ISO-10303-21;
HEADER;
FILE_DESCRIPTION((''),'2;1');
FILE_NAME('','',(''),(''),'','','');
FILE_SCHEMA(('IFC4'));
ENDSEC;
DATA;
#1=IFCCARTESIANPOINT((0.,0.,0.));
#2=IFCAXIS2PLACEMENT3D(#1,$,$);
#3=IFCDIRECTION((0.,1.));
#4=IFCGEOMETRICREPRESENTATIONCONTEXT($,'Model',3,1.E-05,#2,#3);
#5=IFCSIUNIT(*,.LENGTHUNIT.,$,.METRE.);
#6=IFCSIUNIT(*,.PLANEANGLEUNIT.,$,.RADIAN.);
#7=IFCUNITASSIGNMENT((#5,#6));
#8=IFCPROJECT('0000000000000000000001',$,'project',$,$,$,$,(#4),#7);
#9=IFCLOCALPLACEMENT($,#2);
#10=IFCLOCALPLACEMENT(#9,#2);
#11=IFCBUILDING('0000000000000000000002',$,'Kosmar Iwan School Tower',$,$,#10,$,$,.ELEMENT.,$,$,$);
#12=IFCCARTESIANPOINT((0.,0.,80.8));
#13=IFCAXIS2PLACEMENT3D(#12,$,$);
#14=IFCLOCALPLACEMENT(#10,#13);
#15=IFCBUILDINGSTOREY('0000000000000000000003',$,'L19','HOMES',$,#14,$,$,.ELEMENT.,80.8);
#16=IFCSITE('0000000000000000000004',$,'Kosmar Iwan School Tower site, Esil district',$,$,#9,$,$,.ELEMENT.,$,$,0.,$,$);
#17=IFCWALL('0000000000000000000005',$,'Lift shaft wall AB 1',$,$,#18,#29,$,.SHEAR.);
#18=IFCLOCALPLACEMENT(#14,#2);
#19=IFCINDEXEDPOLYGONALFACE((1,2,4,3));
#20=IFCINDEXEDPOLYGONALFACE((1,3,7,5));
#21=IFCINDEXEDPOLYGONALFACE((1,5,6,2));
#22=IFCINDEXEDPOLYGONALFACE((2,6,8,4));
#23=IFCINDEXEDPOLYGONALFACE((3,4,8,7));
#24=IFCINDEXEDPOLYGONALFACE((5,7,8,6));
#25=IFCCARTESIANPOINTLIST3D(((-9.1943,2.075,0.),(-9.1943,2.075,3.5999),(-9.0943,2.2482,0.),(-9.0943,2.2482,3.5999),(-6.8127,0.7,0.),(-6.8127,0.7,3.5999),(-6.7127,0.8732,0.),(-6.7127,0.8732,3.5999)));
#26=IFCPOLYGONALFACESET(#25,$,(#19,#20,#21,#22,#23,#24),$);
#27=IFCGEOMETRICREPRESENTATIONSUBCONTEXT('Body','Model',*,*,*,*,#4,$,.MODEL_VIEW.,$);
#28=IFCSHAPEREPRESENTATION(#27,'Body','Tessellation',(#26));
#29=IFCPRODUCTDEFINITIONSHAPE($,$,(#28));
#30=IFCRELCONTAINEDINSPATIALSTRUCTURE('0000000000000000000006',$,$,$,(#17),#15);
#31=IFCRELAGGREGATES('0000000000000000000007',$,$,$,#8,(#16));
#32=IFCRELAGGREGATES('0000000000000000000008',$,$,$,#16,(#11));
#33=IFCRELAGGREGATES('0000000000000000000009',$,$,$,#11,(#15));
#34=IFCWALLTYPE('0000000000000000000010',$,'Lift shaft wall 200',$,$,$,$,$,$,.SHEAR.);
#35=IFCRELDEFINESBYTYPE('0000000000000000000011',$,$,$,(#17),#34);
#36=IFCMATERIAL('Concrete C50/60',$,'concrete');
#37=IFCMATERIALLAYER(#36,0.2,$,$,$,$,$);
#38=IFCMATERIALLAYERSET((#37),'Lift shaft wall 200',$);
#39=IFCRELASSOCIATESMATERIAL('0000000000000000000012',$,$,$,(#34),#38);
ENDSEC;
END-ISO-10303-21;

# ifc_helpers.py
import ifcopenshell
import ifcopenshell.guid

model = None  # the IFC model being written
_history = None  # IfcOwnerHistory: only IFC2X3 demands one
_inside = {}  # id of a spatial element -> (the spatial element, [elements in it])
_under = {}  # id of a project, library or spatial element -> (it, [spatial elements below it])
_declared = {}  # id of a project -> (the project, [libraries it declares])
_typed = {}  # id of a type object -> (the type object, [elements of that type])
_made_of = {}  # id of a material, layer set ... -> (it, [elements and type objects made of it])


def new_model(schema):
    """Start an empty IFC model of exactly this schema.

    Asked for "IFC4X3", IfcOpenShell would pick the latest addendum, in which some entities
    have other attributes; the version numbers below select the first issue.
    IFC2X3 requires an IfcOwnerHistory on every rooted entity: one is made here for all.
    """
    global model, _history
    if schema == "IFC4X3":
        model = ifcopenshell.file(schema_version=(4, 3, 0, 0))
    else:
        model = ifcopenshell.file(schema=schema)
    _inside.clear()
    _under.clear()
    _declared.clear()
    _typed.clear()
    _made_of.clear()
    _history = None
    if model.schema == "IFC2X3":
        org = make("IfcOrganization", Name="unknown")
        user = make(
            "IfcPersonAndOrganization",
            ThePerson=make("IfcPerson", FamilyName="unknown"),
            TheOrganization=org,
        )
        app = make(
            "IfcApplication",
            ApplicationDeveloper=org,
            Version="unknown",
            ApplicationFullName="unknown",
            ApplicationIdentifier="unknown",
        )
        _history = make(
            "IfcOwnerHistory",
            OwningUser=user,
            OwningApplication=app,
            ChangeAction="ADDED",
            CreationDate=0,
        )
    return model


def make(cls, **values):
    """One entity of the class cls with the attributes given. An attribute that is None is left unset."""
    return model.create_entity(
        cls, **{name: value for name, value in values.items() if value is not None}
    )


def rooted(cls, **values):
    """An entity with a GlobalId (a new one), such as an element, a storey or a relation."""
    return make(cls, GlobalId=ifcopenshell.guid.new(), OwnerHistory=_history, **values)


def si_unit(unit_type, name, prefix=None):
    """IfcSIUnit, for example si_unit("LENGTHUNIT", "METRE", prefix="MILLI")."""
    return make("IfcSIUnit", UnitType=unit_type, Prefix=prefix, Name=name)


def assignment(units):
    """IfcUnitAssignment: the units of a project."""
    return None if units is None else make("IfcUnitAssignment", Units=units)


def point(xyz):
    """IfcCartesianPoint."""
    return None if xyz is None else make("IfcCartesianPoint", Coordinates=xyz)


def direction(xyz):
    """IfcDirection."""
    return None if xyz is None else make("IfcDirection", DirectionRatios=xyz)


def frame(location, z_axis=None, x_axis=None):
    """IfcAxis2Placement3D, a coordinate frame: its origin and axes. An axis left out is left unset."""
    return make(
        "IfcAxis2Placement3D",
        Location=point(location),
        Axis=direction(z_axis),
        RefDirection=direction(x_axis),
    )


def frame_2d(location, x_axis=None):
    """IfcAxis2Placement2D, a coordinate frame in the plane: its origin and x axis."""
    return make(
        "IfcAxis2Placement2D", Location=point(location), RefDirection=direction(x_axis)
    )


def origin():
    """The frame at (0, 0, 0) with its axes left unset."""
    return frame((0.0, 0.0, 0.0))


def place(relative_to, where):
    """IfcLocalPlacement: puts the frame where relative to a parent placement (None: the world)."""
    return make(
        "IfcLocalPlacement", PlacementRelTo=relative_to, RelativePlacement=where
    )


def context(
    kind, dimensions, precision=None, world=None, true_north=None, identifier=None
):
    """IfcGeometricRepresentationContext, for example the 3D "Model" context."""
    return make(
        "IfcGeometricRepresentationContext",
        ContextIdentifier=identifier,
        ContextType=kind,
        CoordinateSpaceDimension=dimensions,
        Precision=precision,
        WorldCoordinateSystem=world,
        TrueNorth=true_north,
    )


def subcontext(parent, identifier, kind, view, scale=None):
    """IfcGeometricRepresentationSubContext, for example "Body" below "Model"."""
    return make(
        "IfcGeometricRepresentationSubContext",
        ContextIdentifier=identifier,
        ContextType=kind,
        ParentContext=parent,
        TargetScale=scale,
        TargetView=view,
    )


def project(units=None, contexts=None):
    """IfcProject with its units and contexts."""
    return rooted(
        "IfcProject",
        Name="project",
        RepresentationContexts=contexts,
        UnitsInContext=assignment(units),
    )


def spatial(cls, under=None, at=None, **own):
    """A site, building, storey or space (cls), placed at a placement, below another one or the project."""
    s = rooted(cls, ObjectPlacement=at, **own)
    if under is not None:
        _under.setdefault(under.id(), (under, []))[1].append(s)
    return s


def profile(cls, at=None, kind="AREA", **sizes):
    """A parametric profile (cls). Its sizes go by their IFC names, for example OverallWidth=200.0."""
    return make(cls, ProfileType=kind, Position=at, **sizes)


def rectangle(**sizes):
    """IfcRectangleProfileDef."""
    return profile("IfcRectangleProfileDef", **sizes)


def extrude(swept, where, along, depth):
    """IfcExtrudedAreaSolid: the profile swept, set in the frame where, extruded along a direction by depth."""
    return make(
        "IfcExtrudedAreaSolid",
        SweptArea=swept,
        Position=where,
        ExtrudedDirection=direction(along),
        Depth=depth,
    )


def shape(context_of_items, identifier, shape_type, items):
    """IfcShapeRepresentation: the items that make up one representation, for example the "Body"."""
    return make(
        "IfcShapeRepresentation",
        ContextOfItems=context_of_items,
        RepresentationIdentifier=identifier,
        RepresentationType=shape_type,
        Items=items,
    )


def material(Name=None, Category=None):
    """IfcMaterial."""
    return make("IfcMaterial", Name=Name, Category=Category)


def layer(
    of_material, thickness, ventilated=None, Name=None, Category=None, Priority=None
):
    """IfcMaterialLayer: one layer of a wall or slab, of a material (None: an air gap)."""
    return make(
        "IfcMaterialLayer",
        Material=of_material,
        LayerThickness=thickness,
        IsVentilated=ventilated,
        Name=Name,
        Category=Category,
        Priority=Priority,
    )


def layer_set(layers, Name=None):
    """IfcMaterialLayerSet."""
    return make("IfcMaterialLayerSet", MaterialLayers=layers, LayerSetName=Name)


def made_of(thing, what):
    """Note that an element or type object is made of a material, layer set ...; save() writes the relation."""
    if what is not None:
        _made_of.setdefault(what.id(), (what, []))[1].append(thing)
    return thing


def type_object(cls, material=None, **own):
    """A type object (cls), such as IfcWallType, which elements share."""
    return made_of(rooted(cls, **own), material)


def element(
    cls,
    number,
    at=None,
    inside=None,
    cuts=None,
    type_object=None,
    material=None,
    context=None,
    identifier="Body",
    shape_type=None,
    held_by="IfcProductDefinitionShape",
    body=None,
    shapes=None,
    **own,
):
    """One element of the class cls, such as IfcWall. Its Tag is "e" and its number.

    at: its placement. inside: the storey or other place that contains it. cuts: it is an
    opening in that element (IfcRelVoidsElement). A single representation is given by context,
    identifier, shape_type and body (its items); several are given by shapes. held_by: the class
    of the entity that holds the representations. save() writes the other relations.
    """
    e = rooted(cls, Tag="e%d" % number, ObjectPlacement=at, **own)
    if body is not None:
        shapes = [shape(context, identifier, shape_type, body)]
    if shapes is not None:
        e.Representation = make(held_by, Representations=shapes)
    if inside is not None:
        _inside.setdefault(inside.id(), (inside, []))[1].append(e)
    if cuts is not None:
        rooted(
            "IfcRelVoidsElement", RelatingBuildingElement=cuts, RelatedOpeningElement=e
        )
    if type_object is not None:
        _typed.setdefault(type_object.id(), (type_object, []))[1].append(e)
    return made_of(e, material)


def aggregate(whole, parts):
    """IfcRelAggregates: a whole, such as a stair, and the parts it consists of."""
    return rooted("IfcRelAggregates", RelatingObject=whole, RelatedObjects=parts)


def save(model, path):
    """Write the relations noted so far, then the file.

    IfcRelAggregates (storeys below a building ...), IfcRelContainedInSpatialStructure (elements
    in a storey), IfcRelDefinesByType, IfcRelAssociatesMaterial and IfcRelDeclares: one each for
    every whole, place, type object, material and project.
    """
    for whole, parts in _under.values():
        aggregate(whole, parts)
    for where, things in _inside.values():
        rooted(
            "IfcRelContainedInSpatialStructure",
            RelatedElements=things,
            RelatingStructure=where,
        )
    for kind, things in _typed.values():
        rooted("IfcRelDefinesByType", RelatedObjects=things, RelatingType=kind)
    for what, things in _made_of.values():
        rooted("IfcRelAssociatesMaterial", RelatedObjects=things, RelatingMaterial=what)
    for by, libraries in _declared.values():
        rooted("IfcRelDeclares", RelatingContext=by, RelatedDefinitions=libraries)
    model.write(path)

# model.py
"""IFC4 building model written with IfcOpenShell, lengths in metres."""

from ifc_helpers import new_model, si_unit, direction, frame, frame_2d, origin, place, context, subcontext, project, spatial, rectangle, extrude, material, layer, layer_set, type_object, element, save


model = new_model("IFC4")

# Units and contexts
model_context = context("Model", 3, precision=1e-05, world=origin(), true_north=direction((0.0, 1.0)))
body_context = subcontext(model_context, "Body", "Model", "MODEL_VIEW")
ifc_project = project(units=[si_unit("LENGTHUNIT", "METRE"), si_unit("PLANEANGLEUNIT", "RADIAN")], contexts=[model_context])

# Site, building, storey
site_placement = place(None, origin())
site = spatial("IfcSite", under=ifc_project, at=site_placement, Name="Kosmar Iwan School Tower site, Esil district", CompositionType="ELEMENT", RefElevation=0.0)
building_placement = place(site_placement, origin())
building = spatial("IfcBuilding", under=site, at=building_placement, Name="Kosmar Iwan School Tower", CompositionType="ELEMENT")
storey_placement = place(building_placement, frame((0.0, 0.0, 80.8)))
storey = spatial("IfcBuildingStorey", under=building, at=storey_placement, Name="L19", Description="HOMES", CompositionType="ELEMENT", Elevation=80.8)

# Wall
ifc_material_1 = material(Name="Concrete C50/60", Category="concrete")
ifc_layer_1 = layer(ifc_material_1, 0.2)
ifc_layer_set_1 = layer_set([ifc_layer_1], Name="Lift shaft wall 200")
wall_type_1 = type_object("IfcWallType", Name="Lift shaft wall 200", PredefinedType="SHEAR", material=ifc_layer_set_1)
wall_1_placement = place(storey_placement, frame((-6.7627, 0.7866, 0.0), z_axis=(0.0, 0.0, 1.0), x_axis=(-0.866027, 0.499997, 0.0)))
element("IfcWall", 1, at=wall_1_placement, inside=storey, type_object=wall_type_1, Name="Lift shaft wall AB 1", PredefinedType="SHEAR", context=body_context, shape_type="SweptSolid", body=[
    extrude(rectangle(XDim=2.75, YDim=0.2, at=frame_2d((1.375, 0.0))), origin(), (0.0, 0.0, 1.0), 3.5999),
])

save(model, "model.ifc")
